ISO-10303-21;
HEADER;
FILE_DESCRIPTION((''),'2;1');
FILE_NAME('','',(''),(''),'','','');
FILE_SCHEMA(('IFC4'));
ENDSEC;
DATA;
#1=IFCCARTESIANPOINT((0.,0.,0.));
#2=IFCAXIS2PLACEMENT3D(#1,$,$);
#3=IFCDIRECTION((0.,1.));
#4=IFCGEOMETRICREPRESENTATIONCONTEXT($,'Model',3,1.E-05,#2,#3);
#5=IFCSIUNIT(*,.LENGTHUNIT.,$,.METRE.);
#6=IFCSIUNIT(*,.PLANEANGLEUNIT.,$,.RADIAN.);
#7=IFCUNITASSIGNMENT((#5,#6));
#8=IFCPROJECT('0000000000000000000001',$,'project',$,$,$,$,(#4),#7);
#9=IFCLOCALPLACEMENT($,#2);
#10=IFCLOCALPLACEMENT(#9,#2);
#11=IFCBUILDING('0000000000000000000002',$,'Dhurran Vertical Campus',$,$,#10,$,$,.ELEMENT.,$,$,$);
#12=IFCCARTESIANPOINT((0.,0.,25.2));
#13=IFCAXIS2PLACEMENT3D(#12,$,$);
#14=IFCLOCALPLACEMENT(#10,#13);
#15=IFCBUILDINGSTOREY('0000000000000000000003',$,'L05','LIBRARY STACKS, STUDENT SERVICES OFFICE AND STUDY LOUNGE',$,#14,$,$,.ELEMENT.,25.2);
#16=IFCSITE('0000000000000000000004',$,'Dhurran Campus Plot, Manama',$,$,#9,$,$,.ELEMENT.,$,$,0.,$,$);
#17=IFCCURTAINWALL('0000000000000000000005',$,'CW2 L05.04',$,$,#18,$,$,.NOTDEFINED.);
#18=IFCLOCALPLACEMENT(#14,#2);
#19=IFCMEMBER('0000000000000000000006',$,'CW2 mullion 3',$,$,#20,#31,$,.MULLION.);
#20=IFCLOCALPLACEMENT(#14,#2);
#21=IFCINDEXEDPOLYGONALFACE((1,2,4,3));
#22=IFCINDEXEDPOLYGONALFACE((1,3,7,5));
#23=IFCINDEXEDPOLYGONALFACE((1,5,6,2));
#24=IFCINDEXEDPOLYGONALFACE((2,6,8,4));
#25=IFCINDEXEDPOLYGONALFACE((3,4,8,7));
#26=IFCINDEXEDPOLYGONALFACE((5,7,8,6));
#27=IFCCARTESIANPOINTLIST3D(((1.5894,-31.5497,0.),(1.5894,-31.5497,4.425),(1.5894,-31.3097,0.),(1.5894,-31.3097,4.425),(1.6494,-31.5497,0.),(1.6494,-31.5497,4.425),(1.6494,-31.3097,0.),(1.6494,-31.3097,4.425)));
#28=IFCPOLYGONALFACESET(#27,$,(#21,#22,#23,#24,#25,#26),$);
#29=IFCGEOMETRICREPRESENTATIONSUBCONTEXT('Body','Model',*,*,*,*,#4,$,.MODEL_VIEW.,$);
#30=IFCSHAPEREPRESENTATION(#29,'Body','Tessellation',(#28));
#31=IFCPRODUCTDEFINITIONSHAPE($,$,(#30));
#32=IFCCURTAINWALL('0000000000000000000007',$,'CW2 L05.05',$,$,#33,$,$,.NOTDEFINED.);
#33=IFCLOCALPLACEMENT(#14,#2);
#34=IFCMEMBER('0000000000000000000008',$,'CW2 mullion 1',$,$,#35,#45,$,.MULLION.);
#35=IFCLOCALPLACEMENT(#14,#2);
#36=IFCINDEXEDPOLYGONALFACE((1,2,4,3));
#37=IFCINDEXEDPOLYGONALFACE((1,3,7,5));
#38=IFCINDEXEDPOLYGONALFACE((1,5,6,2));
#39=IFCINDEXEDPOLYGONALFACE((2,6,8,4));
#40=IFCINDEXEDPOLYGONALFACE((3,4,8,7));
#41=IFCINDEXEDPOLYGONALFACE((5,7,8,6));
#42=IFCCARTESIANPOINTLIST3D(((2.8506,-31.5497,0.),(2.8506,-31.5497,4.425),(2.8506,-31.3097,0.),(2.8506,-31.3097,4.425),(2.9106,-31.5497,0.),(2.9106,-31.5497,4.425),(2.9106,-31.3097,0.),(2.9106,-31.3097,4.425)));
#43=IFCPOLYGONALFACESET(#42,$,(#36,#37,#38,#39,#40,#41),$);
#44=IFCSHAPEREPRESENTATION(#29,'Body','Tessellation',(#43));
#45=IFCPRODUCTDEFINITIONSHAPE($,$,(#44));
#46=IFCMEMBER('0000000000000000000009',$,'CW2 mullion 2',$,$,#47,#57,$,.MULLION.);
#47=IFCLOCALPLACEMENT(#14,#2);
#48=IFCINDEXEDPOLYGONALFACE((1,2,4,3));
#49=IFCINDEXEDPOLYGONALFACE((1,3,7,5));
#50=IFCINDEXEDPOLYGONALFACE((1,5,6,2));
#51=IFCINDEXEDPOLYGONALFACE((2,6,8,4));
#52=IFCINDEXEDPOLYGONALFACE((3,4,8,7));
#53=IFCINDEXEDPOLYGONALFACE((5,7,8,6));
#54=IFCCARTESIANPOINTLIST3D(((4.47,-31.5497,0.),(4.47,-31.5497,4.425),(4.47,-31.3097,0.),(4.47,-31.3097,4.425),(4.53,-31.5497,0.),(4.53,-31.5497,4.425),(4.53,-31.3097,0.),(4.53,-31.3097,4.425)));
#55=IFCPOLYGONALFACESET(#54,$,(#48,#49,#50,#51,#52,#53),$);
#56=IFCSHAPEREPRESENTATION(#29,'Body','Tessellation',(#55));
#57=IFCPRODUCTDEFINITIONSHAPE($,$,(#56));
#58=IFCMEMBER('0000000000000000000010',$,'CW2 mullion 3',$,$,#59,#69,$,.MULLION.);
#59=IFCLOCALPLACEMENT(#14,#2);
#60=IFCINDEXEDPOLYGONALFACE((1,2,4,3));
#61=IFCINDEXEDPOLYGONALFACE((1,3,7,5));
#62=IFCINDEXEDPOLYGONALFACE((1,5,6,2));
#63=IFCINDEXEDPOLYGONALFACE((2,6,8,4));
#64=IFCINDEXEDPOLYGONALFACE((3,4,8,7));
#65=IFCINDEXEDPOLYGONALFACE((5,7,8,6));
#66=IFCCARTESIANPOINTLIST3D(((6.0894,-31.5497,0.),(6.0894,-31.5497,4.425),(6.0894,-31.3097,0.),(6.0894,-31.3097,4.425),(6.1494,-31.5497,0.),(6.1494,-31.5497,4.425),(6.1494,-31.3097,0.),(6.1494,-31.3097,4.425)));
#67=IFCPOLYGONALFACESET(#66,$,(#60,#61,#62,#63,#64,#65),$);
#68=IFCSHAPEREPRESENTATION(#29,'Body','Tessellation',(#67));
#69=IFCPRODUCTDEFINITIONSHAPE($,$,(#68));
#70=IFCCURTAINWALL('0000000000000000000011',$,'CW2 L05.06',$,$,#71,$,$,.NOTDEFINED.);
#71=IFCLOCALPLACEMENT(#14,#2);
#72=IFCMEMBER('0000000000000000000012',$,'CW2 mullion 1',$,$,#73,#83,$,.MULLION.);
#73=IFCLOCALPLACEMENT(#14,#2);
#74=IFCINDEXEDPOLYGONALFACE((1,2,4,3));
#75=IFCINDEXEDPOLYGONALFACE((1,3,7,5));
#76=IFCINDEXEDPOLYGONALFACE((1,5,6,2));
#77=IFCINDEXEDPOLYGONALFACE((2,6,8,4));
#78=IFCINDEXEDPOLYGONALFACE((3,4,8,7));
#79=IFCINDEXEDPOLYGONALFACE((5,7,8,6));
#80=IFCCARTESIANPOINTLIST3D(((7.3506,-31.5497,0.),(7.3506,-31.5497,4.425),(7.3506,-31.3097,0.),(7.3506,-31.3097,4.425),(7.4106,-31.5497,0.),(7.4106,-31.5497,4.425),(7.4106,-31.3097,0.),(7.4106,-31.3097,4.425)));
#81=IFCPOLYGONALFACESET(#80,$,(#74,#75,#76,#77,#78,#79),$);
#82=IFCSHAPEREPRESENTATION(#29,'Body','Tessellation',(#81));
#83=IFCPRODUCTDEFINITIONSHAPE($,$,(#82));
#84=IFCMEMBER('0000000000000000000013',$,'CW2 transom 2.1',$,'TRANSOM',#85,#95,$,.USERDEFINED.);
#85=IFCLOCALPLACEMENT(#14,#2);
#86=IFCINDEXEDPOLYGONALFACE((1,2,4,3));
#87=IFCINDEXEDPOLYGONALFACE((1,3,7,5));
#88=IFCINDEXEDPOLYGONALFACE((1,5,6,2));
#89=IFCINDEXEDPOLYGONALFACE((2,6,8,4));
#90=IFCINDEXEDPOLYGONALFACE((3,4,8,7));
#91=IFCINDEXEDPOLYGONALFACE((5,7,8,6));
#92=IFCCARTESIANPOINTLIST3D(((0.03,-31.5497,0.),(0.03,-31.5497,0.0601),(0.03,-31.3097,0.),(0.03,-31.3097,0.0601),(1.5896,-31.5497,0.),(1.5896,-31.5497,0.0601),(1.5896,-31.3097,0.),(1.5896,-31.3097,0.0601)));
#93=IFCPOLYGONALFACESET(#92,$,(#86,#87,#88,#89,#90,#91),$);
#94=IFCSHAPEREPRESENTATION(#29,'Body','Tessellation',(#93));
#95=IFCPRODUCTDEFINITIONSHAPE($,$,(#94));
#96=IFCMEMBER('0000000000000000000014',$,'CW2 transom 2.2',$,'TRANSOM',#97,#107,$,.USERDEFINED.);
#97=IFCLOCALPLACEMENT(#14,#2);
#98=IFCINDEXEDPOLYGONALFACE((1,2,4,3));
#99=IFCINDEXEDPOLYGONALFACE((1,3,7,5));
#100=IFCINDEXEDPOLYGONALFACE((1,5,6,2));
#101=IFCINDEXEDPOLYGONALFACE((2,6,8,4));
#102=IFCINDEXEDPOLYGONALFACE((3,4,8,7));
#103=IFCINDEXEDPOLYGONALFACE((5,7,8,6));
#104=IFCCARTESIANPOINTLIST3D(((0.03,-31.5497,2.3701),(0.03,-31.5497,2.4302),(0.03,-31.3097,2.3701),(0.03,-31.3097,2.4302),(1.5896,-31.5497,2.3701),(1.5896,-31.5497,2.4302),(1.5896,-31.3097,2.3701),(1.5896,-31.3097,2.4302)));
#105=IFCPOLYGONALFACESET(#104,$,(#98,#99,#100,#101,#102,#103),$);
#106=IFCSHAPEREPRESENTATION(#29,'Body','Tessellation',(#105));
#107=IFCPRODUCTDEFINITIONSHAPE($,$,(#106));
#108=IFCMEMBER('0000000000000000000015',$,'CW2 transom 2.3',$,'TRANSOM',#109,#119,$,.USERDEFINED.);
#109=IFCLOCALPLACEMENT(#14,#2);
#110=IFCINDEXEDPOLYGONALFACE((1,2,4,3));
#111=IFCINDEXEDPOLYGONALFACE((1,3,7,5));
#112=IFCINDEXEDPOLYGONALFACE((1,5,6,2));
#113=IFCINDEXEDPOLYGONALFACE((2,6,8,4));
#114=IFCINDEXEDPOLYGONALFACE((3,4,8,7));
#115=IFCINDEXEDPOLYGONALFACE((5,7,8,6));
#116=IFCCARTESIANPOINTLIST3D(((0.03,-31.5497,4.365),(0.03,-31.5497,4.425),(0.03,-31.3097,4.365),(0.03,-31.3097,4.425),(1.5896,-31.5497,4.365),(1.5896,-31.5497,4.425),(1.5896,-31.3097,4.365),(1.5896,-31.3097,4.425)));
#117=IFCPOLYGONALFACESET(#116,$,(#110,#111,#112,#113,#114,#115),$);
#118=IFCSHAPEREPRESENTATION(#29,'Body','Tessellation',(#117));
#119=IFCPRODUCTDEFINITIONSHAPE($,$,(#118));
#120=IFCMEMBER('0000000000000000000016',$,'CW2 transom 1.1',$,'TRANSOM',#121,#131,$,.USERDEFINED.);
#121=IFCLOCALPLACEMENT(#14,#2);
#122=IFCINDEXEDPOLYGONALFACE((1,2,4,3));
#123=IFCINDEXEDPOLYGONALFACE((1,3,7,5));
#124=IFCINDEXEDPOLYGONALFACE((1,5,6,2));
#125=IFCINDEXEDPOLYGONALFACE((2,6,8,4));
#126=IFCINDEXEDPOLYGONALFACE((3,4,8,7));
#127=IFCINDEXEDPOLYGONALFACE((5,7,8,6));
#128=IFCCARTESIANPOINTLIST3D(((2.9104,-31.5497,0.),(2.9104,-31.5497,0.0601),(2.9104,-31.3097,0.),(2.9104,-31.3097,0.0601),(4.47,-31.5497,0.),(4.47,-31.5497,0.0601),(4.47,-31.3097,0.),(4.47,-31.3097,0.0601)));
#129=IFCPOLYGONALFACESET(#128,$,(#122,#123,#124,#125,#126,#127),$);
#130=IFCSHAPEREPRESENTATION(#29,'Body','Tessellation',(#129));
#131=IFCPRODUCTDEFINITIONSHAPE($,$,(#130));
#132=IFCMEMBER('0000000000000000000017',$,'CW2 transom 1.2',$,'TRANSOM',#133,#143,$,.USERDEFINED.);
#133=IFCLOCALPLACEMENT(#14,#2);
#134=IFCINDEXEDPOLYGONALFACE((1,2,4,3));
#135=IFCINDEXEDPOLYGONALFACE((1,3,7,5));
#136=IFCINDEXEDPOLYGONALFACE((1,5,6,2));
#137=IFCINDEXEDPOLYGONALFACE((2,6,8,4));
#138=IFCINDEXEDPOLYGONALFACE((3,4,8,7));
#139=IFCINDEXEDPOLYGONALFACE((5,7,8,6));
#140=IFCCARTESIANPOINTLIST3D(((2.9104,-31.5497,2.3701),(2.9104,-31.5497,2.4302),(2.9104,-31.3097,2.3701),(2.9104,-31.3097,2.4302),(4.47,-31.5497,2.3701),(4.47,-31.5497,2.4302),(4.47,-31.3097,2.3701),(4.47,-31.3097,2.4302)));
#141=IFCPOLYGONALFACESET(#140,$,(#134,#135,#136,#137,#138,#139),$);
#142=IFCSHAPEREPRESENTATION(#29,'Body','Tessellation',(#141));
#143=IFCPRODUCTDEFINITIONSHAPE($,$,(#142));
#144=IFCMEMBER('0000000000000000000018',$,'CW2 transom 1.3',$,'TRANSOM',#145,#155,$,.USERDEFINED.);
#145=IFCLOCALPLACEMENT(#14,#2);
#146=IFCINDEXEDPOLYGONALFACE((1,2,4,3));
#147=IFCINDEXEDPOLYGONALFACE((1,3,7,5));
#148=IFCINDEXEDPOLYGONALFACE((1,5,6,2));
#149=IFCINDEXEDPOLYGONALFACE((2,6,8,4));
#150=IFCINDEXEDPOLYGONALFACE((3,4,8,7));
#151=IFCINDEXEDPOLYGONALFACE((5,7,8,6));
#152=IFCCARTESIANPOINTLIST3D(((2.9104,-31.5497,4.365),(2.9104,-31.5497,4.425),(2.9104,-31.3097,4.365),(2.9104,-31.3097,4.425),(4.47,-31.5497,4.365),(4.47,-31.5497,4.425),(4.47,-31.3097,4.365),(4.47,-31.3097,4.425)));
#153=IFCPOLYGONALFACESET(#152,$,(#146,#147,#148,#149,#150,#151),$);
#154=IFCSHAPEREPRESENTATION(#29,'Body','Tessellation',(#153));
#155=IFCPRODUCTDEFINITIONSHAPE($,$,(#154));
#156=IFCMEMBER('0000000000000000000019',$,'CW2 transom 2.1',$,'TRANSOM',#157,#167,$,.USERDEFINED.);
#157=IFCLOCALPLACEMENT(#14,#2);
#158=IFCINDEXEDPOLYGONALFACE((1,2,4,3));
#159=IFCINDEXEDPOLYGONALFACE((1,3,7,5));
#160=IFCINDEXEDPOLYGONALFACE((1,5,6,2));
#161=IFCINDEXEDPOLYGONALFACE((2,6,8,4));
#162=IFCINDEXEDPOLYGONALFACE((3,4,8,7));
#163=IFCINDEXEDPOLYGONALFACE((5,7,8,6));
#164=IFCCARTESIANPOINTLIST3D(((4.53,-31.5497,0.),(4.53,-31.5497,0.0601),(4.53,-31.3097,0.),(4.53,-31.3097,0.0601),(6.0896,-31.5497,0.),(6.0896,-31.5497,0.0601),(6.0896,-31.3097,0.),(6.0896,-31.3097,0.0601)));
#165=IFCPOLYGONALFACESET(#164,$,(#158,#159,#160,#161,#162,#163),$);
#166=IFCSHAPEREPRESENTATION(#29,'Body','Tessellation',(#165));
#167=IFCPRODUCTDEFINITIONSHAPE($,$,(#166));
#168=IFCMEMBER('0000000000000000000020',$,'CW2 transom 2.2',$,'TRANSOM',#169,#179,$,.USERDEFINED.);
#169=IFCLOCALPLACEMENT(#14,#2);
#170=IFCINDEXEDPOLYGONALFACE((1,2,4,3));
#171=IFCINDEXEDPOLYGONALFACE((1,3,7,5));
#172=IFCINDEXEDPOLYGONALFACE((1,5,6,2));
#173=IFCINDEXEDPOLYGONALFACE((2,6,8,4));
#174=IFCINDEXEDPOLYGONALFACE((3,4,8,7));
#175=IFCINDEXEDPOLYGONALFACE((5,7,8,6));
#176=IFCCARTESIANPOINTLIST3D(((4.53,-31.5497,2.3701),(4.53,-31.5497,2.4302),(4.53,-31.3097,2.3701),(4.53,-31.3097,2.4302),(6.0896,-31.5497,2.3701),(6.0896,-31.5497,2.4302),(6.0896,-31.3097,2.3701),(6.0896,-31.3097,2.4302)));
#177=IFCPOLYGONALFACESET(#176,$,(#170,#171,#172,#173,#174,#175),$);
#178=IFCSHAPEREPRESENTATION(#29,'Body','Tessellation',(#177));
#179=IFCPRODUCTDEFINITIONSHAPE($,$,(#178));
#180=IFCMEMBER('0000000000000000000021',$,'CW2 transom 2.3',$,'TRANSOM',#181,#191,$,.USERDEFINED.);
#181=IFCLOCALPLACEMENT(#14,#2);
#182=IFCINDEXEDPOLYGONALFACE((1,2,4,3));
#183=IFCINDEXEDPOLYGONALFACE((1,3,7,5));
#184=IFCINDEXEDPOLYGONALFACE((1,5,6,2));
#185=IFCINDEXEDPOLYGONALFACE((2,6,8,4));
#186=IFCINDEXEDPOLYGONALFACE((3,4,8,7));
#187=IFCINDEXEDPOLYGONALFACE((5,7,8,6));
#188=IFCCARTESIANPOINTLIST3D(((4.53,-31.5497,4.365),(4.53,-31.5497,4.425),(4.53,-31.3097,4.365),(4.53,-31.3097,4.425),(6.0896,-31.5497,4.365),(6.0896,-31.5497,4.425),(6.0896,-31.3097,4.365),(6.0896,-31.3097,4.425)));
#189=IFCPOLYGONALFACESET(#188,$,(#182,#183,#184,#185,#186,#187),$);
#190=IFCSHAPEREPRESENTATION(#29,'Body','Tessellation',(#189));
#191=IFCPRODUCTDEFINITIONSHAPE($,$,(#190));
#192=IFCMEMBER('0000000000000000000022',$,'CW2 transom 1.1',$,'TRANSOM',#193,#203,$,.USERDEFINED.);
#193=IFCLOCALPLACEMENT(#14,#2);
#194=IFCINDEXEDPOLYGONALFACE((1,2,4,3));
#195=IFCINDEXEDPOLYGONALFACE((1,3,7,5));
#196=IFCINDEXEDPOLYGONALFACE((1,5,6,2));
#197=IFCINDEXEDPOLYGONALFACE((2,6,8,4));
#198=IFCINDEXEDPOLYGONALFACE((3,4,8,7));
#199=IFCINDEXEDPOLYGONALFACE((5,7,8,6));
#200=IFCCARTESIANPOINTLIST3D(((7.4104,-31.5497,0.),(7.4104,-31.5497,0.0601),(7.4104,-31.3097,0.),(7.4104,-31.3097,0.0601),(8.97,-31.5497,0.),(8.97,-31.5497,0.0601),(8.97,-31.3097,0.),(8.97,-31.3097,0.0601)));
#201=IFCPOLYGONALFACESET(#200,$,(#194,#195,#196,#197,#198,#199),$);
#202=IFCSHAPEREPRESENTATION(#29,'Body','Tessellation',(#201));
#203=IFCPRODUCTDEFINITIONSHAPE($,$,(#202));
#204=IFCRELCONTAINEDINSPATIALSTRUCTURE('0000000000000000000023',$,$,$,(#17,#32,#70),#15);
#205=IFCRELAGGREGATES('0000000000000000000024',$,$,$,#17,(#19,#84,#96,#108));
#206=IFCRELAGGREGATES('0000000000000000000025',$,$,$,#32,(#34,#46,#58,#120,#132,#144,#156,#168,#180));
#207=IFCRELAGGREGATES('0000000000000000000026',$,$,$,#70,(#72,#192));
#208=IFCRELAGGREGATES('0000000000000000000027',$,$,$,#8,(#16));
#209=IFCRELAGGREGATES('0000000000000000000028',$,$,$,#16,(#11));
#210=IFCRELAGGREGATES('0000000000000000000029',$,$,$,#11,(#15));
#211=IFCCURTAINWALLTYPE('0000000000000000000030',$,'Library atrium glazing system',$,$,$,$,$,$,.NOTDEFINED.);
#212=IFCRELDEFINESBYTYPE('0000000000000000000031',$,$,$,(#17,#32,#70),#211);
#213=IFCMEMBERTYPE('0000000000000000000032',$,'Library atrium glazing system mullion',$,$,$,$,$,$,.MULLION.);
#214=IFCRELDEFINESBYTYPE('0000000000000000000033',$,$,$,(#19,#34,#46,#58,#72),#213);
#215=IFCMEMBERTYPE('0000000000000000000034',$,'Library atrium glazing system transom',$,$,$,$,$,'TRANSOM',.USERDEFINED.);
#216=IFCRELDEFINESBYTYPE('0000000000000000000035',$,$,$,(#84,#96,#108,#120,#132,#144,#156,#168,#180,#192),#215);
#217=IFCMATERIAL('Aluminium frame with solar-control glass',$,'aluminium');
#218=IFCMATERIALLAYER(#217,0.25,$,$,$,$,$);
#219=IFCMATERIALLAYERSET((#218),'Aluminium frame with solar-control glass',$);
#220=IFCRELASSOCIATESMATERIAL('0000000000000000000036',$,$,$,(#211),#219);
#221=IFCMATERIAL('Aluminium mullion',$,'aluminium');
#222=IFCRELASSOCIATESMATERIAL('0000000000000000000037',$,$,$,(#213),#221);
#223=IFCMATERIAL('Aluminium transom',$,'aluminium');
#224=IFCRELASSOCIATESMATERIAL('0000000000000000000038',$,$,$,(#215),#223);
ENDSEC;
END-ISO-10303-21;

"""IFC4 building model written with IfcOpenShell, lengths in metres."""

from ifc_helpers import new_model, si_unit, direction, frame, origin, origin_2d, place, context, subcontext, project, spatial, rectangle, extrude, material, layer, layer_set, material_profile, profile_set, type_object, element, aggregate, save


model = new_model("IFC4")

# Units and contexts
model_context = context("Model", 3, precision=1e-05, world=origin(), true_north=direction((0.0, 1.0)))
body_context = subcontext(model_context, "Body", "Model", "MODEL_VIEW")
ifc_project = project(units=[si_unit("LENGTHUNIT", "METRE"), si_unit("PLANEANGLEUNIT", "RADIAN")], contexts=[model_context])

# Site, building, storey
site_placement = place(None, origin())
site = spatial("IfcSite", under=ifc_project, at=site_placement, Name="Dhurran Campus Plot, Manama", CompositionType="ELEMENT", RefElevation=0.0)
building_placement = place(site_placement, origin())
building = spatial("IfcBuilding", under=site, at=building_placement, Name="Dhurran Vertical Campus", CompositionType="ELEMENT")
storey_placement = place(building_placement, frame((0.0, 0.0, 25.2)))
storey = spatial("IfcBuildingStorey", under=building, at=storey_placement, Name="L05", Description="LIBRARY STACKS, STUDENT SERVICES OFFICE AND STUDY LOUNGE", CompositionType="ELEMENT", Elevation=25.2)

# Curtain wall, member
ifc_material_1 = material(Name="Aluminium frame with solar-control glass", Category="aluminium")
ifc_layer_1 = layer(ifc_material_1, 0.25)
ifc_layer_set_1 = layer_set([ifc_layer_1], Name="Aluminium frame with solar-control glass")
curtain_wall_type = type_object("IfcCurtainWallType", Name="Library atrium glazing system", PredefinedType="NOTDEFINED", material=ifc_layer_set_1)
curtain_wall_1_placement = place(storey_placement, origin())
curtain_wall_1 = element("IfcCurtainWall", 1, at=curtain_wall_1_placement, inside=storey, type_object=curtain_wall_type, Name="CW2 L05.04", PredefinedType="NOTDEFINED")
ifc_material_2 = material(Name="Aluminium mullion", Category="aluminium")
ifc_material_profile_1 = material_profile(ifc_material_2, rectangle(XDim=0.24, YDim=0.0601, at=origin_2d()), Name="Library atrium glazing system mullion")
ifc_profile_set_1 = profile_set([ifc_material_profile_1], Name="Aluminium mullion")
member_type_1 = type_object("IfcMemberType", Name="Library atrium glazing system mullion", PredefinedType="MULLION", material=ifc_profile_set_1)
member_1_placement = place(storey_placement, frame((1.6194, -31.4297, 0.0), z_axis=(0.0, 0.0, 1.0), x_axis=(0.0, 1.0, 0.0)))
member_1 = element("IfcMember", 2, at=member_1_placement, type_object=member_type_1, Name="CW2 mullion 3", PredefinedType="MULLION", context=body_context, shape_type="SweptSolid", body=[
    extrude(rectangle(XDim=0.24, YDim=0.0601, at=origin_2d()), origin(), (0.0, 0.0, 1.0), 4.425),
])

# Curtain wall, members
curtain_wall_2_placement = place(storey_placement, origin())
curtain_wall_2 = element("IfcCurtainWall", 3, at=curtain_wall_2_placement, inside=storey, type_object=curtain_wall_type, Name="CW2 L05.05", PredefinedType="NOTDEFINED")
member_2_placement = place(storey_placement, frame((2.8806, -31.4297, 0.0), z_axis=(0.0, 0.0, 1.0), x_axis=(0.0, 1.0, 0.0)))
member_2 = element("IfcMember", 4, at=member_2_placement, type_object=member_type_1, Name="CW2 mullion 1", PredefinedType="MULLION", context=body_context, shape_type="SweptSolid", body=[
    extrude(rectangle(XDim=0.24, YDim=0.0601, at=origin_2d()), origin(), (0.0, 0.0, 1.0), 4.425),
])
member_3_placement = place(storey_placement, frame((4.5, -31.4297, 0.0), z_axis=(0.0, 0.0, 1.0), x_axis=(0.0, 1.0, 0.0)))
member_3 = element("IfcMember", 5, at=member_3_placement, type_object=member_type_1, Name="CW2 mullion 2", PredefinedType="MULLION", context=body_context, shape_type="SweptSolid", body=[
    extrude(rectangle(XDim=0.24, YDim=0.0601, at=origin_2d()), origin(), (0.0, 0.0, 1.0), 4.425),
])
member_4_placement = place(storey_placement, frame((6.1194, -31.4297, 0.0), z_axis=(0.0, 0.0, 1.0), x_axis=(0.0, 1.0, 0.0)))
member_4 = element("IfcMember", 6, at=member_4_placement, type_object=member_type_1, Name="CW2 mullion 3", PredefinedType="MULLION", context=body_context, shape_type="SweptSolid", body=[
    extrude(rectangle(XDim=0.24, YDim=0.0601, at=origin_2d()), origin(), (0.0, 0.0, 1.0), 4.425),
])

# Curtain wall, member
curtain_wall_3_placement = place(storey_placement, origin())
curtain_wall_3 = element("IfcCurtainWall", 7, at=curtain_wall_3_placement, inside=storey, type_object=curtain_wall_type, Name="CW2 L05.06", PredefinedType="NOTDEFINED")
member_5_placement = place(storey_placement, frame((7.3806, -31.4297, 0.0), z_axis=(0.0, 0.0, 1.0), x_axis=(0.0, 1.0, 0.0)))
member_5 = element("IfcMember", 8, at=member_5_placement, type_object=member_type_1, Name="CW2 mullion 1", PredefinedType="MULLION", context=body_context, shape_type="SweptSolid", body=[
    extrude(rectangle(XDim=0.24, YDim=0.0601, at=origin_2d()), origin(), (0.0, 0.0, 1.0), 4.425),
])

# Members
ifc_material_3 = material(Name="Aluminium transom", Category="aluminium")
ifc_material_profile_2 = material_profile(ifc_material_3, rectangle(XDim=0.24, YDim=0.0601, at=origin_2d()), Name="Library atrium glazing system transom")
ifc_profile_set_2 = profile_set([ifc_material_profile_2], Name="Aluminium transom")
member_type_2 = type_object("IfcMemberType", Name="Library atrium glazing system transom", ElementType="TRANSOM", PredefinedType="USERDEFINED", material=ifc_profile_set_2)
member_6_placement = place(storey_placement, frame((0.03, -31.4297, 0.03), z_axis=(1.0, 0.0, 0.0), x_axis=(0.0, 1.0, 0.0)))
member_6 = element("IfcMember", 9, at=member_6_placement, type_object=member_type_2, Name="CW2 transom 2.1", ObjectType="TRANSOM", PredefinedType="USERDEFINED", context=body_context, shape_type="SweptSolid", body=[
    extrude(rectangle(XDim=0.24, YDim=0.0601, at=origin_2d()), origin(), (0.0, 0.0, 1.0), 1.5596),
])
member_7_placement = place(storey_placement, frame((0.03, -31.4297, 2.4001), z_axis=(1.0, 0.0, 0.0), x_axis=(0.0, 1.0, 0.0)))
member_7 = element("IfcMember", 10, at=member_7_placement, type_object=member_type_2, Name="CW2 transom 2.2", ObjectType="TRANSOM", PredefinedType="USERDEFINED", context=body_context, shape_type="SweptSolid", body=[
    extrude(rectangle(XDim=0.24, YDim=0.0601, at=origin_2d()), origin(), (0.0, 0.0, 1.0), 1.5596),
])
member_8_placement = place(storey_placement, frame((0.03, -31.4297, 4.395), z_axis=(1.0, 0.0, 0.0), x_axis=(0.0, 1.0, 0.0)))
member_8 = element("IfcMember", 11, at=member_8_placement, type_object=member_type_2, Name="CW2 transom 2.3", ObjectType="TRANSOM", PredefinedType="USERDEFINED", context=body_context, shape_type="SweptSolid", body=[
    extrude(rectangle(XDim=0.24, YDim=0.0601, at=origin_2d()), origin(), (0.0, 0.0, 1.0), 1.5596),
])
member_9_placement = place(storey_placement, frame((2.9104, -31.4297, 0.03), z_axis=(1.0, 0.0, 0.0), x_axis=(0.0, 1.0, 0.0)))
member_9 = element("IfcMember", 12, at=member_9_placement, type_object=member_type_2, Name="CW2 transom 1.1", ObjectType="TRANSOM", PredefinedType="USERDEFINED", context=body_context, shape_type="SweptSolid", body=[
    extrude(rectangle(XDim=0.24, YDim=0.0601, at=origin_2d()), origin(), (0.0, 0.0, 1.0), 1.5596),
])
member_10_placement = place(storey_placement, frame((2.9104, -31.4297, 2.4001), z_axis=(1.0, 0.0, 0.0), x_axis=(0.0, 1.0, 0.0)))
member_10 = element("IfcMember", 13, at=member_10_placement, type_object=member_type_2, Name="CW2 transom 1.2", ObjectType="TRANSOM", PredefinedType="USERDEFINED", context=body_context, shape_type="SweptSolid", body=[
    extrude(rectangle(XDim=0.24, YDim=0.0601, at=origin_2d()), origin(), (0.0, 0.0, 1.0), 1.5596),
])
member_11_placement = place(storey_placement, frame((2.9104, -31.4297, 4.395), z_axis=(1.0, 0.0, 0.0), x_axis=(0.0, 1.0, 0.0)))
member_11 = element("IfcMember", 14, at=member_11_placement, type_object=member_type_2, Name="CW2 transom 1.3", ObjectType="TRANSOM", PredefinedType="USERDEFINED", context=body_context, shape_type="SweptSolid", body=[
    extrude(rectangle(XDim=0.24, YDim=0.0601, at=origin_2d()), origin(), (0.0, 0.0, 1.0), 1.5596),
])
member_12_placement = place(storey_placement, frame((4.53, -31.4297, 0.03), z_axis=(1.0, 0.0, 0.0), x_axis=(0.0, 1.0, 0.0)))
member_12 = element("IfcMember", 15, at=member_12_placement, type_object=member_type_2, Name="CW2 transom 2.1", ObjectType="TRANSOM", PredefinedType="USERDEFINED", context=body_context, shape_type="SweptSolid", body=[
    extrude(rectangle(XDim=0.24, YDim=0.0601, at=origin_2d()), origin(), (0.0, 0.0, 1.0), 1.5596),
])
member_13_placement = place(storey_placement, frame((4.53, -31.4297, 2.4001), z_axis=(1.0, 0.0, 0.0), x_axis=(0.0, 1.0, 0.0)))
member_13 = element("IfcMember", 16, at=member_13_placement, type_object=member_type_2, Name="CW2 transom 2.2", ObjectType="TRANSOM", PredefinedType="USERDEFINED", context=body_context, shape_type="SweptSolid", body=[
    extrude(rectangle(XDim=0.24, YDim=0.0601, at=origin_2d()), origin(), (0.0, 0.0, 1.0), 1.5596),
])
member_14_placement = place(storey_placement, frame((4.53, -31.4297, 4.395), z_axis=(1.0, 0.0, 0.0), x_axis=(0.0, 1.0, 0.0)))
member_14 = element("IfcMember", 17, at=member_14_placement, type_object=member_type_2, Name="CW2 transom 2.3", ObjectType="TRANSOM", PredefinedType="USERDEFINED", context=body_context, shape_type="SweptSolid", body=[
    extrude(rectangle(XDim=0.24, YDim=0.0601, at=origin_2d()), origin(), (0.0, 0.0, 1.0), 1.5596),
])
member_15_placement = place(storey_placement, frame((7.4104, -31.4297, 0.03), z_axis=(1.0, 0.0, 0.0), x_axis=(0.0, 1.0, 0.0)))
member_15 = element("IfcMember", 18, at=member_15_placement, type_object=member_type_2, Name="CW2 transom 1.1", ObjectType="TRANSOM", PredefinedType="USERDEFINED", context=body_context, shape_type="SweptSolid", body=[
    extrude(rectangle(XDim=0.24, YDim=0.0601, at=origin_2d()), origin(), (0.0, 0.0, 1.0), 1.5596),
])

aggregate(curtain_wall_1, [member_1, member_6, member_7, member_8])
aggregate(curtain_wall_2, [member_2, member_3, member_4, member_9, member_10, member_11, member_12, member_13, member_14])
aggregate(curtain_wall_3, [member_5, member_15])

save(model, "model.ifc")
